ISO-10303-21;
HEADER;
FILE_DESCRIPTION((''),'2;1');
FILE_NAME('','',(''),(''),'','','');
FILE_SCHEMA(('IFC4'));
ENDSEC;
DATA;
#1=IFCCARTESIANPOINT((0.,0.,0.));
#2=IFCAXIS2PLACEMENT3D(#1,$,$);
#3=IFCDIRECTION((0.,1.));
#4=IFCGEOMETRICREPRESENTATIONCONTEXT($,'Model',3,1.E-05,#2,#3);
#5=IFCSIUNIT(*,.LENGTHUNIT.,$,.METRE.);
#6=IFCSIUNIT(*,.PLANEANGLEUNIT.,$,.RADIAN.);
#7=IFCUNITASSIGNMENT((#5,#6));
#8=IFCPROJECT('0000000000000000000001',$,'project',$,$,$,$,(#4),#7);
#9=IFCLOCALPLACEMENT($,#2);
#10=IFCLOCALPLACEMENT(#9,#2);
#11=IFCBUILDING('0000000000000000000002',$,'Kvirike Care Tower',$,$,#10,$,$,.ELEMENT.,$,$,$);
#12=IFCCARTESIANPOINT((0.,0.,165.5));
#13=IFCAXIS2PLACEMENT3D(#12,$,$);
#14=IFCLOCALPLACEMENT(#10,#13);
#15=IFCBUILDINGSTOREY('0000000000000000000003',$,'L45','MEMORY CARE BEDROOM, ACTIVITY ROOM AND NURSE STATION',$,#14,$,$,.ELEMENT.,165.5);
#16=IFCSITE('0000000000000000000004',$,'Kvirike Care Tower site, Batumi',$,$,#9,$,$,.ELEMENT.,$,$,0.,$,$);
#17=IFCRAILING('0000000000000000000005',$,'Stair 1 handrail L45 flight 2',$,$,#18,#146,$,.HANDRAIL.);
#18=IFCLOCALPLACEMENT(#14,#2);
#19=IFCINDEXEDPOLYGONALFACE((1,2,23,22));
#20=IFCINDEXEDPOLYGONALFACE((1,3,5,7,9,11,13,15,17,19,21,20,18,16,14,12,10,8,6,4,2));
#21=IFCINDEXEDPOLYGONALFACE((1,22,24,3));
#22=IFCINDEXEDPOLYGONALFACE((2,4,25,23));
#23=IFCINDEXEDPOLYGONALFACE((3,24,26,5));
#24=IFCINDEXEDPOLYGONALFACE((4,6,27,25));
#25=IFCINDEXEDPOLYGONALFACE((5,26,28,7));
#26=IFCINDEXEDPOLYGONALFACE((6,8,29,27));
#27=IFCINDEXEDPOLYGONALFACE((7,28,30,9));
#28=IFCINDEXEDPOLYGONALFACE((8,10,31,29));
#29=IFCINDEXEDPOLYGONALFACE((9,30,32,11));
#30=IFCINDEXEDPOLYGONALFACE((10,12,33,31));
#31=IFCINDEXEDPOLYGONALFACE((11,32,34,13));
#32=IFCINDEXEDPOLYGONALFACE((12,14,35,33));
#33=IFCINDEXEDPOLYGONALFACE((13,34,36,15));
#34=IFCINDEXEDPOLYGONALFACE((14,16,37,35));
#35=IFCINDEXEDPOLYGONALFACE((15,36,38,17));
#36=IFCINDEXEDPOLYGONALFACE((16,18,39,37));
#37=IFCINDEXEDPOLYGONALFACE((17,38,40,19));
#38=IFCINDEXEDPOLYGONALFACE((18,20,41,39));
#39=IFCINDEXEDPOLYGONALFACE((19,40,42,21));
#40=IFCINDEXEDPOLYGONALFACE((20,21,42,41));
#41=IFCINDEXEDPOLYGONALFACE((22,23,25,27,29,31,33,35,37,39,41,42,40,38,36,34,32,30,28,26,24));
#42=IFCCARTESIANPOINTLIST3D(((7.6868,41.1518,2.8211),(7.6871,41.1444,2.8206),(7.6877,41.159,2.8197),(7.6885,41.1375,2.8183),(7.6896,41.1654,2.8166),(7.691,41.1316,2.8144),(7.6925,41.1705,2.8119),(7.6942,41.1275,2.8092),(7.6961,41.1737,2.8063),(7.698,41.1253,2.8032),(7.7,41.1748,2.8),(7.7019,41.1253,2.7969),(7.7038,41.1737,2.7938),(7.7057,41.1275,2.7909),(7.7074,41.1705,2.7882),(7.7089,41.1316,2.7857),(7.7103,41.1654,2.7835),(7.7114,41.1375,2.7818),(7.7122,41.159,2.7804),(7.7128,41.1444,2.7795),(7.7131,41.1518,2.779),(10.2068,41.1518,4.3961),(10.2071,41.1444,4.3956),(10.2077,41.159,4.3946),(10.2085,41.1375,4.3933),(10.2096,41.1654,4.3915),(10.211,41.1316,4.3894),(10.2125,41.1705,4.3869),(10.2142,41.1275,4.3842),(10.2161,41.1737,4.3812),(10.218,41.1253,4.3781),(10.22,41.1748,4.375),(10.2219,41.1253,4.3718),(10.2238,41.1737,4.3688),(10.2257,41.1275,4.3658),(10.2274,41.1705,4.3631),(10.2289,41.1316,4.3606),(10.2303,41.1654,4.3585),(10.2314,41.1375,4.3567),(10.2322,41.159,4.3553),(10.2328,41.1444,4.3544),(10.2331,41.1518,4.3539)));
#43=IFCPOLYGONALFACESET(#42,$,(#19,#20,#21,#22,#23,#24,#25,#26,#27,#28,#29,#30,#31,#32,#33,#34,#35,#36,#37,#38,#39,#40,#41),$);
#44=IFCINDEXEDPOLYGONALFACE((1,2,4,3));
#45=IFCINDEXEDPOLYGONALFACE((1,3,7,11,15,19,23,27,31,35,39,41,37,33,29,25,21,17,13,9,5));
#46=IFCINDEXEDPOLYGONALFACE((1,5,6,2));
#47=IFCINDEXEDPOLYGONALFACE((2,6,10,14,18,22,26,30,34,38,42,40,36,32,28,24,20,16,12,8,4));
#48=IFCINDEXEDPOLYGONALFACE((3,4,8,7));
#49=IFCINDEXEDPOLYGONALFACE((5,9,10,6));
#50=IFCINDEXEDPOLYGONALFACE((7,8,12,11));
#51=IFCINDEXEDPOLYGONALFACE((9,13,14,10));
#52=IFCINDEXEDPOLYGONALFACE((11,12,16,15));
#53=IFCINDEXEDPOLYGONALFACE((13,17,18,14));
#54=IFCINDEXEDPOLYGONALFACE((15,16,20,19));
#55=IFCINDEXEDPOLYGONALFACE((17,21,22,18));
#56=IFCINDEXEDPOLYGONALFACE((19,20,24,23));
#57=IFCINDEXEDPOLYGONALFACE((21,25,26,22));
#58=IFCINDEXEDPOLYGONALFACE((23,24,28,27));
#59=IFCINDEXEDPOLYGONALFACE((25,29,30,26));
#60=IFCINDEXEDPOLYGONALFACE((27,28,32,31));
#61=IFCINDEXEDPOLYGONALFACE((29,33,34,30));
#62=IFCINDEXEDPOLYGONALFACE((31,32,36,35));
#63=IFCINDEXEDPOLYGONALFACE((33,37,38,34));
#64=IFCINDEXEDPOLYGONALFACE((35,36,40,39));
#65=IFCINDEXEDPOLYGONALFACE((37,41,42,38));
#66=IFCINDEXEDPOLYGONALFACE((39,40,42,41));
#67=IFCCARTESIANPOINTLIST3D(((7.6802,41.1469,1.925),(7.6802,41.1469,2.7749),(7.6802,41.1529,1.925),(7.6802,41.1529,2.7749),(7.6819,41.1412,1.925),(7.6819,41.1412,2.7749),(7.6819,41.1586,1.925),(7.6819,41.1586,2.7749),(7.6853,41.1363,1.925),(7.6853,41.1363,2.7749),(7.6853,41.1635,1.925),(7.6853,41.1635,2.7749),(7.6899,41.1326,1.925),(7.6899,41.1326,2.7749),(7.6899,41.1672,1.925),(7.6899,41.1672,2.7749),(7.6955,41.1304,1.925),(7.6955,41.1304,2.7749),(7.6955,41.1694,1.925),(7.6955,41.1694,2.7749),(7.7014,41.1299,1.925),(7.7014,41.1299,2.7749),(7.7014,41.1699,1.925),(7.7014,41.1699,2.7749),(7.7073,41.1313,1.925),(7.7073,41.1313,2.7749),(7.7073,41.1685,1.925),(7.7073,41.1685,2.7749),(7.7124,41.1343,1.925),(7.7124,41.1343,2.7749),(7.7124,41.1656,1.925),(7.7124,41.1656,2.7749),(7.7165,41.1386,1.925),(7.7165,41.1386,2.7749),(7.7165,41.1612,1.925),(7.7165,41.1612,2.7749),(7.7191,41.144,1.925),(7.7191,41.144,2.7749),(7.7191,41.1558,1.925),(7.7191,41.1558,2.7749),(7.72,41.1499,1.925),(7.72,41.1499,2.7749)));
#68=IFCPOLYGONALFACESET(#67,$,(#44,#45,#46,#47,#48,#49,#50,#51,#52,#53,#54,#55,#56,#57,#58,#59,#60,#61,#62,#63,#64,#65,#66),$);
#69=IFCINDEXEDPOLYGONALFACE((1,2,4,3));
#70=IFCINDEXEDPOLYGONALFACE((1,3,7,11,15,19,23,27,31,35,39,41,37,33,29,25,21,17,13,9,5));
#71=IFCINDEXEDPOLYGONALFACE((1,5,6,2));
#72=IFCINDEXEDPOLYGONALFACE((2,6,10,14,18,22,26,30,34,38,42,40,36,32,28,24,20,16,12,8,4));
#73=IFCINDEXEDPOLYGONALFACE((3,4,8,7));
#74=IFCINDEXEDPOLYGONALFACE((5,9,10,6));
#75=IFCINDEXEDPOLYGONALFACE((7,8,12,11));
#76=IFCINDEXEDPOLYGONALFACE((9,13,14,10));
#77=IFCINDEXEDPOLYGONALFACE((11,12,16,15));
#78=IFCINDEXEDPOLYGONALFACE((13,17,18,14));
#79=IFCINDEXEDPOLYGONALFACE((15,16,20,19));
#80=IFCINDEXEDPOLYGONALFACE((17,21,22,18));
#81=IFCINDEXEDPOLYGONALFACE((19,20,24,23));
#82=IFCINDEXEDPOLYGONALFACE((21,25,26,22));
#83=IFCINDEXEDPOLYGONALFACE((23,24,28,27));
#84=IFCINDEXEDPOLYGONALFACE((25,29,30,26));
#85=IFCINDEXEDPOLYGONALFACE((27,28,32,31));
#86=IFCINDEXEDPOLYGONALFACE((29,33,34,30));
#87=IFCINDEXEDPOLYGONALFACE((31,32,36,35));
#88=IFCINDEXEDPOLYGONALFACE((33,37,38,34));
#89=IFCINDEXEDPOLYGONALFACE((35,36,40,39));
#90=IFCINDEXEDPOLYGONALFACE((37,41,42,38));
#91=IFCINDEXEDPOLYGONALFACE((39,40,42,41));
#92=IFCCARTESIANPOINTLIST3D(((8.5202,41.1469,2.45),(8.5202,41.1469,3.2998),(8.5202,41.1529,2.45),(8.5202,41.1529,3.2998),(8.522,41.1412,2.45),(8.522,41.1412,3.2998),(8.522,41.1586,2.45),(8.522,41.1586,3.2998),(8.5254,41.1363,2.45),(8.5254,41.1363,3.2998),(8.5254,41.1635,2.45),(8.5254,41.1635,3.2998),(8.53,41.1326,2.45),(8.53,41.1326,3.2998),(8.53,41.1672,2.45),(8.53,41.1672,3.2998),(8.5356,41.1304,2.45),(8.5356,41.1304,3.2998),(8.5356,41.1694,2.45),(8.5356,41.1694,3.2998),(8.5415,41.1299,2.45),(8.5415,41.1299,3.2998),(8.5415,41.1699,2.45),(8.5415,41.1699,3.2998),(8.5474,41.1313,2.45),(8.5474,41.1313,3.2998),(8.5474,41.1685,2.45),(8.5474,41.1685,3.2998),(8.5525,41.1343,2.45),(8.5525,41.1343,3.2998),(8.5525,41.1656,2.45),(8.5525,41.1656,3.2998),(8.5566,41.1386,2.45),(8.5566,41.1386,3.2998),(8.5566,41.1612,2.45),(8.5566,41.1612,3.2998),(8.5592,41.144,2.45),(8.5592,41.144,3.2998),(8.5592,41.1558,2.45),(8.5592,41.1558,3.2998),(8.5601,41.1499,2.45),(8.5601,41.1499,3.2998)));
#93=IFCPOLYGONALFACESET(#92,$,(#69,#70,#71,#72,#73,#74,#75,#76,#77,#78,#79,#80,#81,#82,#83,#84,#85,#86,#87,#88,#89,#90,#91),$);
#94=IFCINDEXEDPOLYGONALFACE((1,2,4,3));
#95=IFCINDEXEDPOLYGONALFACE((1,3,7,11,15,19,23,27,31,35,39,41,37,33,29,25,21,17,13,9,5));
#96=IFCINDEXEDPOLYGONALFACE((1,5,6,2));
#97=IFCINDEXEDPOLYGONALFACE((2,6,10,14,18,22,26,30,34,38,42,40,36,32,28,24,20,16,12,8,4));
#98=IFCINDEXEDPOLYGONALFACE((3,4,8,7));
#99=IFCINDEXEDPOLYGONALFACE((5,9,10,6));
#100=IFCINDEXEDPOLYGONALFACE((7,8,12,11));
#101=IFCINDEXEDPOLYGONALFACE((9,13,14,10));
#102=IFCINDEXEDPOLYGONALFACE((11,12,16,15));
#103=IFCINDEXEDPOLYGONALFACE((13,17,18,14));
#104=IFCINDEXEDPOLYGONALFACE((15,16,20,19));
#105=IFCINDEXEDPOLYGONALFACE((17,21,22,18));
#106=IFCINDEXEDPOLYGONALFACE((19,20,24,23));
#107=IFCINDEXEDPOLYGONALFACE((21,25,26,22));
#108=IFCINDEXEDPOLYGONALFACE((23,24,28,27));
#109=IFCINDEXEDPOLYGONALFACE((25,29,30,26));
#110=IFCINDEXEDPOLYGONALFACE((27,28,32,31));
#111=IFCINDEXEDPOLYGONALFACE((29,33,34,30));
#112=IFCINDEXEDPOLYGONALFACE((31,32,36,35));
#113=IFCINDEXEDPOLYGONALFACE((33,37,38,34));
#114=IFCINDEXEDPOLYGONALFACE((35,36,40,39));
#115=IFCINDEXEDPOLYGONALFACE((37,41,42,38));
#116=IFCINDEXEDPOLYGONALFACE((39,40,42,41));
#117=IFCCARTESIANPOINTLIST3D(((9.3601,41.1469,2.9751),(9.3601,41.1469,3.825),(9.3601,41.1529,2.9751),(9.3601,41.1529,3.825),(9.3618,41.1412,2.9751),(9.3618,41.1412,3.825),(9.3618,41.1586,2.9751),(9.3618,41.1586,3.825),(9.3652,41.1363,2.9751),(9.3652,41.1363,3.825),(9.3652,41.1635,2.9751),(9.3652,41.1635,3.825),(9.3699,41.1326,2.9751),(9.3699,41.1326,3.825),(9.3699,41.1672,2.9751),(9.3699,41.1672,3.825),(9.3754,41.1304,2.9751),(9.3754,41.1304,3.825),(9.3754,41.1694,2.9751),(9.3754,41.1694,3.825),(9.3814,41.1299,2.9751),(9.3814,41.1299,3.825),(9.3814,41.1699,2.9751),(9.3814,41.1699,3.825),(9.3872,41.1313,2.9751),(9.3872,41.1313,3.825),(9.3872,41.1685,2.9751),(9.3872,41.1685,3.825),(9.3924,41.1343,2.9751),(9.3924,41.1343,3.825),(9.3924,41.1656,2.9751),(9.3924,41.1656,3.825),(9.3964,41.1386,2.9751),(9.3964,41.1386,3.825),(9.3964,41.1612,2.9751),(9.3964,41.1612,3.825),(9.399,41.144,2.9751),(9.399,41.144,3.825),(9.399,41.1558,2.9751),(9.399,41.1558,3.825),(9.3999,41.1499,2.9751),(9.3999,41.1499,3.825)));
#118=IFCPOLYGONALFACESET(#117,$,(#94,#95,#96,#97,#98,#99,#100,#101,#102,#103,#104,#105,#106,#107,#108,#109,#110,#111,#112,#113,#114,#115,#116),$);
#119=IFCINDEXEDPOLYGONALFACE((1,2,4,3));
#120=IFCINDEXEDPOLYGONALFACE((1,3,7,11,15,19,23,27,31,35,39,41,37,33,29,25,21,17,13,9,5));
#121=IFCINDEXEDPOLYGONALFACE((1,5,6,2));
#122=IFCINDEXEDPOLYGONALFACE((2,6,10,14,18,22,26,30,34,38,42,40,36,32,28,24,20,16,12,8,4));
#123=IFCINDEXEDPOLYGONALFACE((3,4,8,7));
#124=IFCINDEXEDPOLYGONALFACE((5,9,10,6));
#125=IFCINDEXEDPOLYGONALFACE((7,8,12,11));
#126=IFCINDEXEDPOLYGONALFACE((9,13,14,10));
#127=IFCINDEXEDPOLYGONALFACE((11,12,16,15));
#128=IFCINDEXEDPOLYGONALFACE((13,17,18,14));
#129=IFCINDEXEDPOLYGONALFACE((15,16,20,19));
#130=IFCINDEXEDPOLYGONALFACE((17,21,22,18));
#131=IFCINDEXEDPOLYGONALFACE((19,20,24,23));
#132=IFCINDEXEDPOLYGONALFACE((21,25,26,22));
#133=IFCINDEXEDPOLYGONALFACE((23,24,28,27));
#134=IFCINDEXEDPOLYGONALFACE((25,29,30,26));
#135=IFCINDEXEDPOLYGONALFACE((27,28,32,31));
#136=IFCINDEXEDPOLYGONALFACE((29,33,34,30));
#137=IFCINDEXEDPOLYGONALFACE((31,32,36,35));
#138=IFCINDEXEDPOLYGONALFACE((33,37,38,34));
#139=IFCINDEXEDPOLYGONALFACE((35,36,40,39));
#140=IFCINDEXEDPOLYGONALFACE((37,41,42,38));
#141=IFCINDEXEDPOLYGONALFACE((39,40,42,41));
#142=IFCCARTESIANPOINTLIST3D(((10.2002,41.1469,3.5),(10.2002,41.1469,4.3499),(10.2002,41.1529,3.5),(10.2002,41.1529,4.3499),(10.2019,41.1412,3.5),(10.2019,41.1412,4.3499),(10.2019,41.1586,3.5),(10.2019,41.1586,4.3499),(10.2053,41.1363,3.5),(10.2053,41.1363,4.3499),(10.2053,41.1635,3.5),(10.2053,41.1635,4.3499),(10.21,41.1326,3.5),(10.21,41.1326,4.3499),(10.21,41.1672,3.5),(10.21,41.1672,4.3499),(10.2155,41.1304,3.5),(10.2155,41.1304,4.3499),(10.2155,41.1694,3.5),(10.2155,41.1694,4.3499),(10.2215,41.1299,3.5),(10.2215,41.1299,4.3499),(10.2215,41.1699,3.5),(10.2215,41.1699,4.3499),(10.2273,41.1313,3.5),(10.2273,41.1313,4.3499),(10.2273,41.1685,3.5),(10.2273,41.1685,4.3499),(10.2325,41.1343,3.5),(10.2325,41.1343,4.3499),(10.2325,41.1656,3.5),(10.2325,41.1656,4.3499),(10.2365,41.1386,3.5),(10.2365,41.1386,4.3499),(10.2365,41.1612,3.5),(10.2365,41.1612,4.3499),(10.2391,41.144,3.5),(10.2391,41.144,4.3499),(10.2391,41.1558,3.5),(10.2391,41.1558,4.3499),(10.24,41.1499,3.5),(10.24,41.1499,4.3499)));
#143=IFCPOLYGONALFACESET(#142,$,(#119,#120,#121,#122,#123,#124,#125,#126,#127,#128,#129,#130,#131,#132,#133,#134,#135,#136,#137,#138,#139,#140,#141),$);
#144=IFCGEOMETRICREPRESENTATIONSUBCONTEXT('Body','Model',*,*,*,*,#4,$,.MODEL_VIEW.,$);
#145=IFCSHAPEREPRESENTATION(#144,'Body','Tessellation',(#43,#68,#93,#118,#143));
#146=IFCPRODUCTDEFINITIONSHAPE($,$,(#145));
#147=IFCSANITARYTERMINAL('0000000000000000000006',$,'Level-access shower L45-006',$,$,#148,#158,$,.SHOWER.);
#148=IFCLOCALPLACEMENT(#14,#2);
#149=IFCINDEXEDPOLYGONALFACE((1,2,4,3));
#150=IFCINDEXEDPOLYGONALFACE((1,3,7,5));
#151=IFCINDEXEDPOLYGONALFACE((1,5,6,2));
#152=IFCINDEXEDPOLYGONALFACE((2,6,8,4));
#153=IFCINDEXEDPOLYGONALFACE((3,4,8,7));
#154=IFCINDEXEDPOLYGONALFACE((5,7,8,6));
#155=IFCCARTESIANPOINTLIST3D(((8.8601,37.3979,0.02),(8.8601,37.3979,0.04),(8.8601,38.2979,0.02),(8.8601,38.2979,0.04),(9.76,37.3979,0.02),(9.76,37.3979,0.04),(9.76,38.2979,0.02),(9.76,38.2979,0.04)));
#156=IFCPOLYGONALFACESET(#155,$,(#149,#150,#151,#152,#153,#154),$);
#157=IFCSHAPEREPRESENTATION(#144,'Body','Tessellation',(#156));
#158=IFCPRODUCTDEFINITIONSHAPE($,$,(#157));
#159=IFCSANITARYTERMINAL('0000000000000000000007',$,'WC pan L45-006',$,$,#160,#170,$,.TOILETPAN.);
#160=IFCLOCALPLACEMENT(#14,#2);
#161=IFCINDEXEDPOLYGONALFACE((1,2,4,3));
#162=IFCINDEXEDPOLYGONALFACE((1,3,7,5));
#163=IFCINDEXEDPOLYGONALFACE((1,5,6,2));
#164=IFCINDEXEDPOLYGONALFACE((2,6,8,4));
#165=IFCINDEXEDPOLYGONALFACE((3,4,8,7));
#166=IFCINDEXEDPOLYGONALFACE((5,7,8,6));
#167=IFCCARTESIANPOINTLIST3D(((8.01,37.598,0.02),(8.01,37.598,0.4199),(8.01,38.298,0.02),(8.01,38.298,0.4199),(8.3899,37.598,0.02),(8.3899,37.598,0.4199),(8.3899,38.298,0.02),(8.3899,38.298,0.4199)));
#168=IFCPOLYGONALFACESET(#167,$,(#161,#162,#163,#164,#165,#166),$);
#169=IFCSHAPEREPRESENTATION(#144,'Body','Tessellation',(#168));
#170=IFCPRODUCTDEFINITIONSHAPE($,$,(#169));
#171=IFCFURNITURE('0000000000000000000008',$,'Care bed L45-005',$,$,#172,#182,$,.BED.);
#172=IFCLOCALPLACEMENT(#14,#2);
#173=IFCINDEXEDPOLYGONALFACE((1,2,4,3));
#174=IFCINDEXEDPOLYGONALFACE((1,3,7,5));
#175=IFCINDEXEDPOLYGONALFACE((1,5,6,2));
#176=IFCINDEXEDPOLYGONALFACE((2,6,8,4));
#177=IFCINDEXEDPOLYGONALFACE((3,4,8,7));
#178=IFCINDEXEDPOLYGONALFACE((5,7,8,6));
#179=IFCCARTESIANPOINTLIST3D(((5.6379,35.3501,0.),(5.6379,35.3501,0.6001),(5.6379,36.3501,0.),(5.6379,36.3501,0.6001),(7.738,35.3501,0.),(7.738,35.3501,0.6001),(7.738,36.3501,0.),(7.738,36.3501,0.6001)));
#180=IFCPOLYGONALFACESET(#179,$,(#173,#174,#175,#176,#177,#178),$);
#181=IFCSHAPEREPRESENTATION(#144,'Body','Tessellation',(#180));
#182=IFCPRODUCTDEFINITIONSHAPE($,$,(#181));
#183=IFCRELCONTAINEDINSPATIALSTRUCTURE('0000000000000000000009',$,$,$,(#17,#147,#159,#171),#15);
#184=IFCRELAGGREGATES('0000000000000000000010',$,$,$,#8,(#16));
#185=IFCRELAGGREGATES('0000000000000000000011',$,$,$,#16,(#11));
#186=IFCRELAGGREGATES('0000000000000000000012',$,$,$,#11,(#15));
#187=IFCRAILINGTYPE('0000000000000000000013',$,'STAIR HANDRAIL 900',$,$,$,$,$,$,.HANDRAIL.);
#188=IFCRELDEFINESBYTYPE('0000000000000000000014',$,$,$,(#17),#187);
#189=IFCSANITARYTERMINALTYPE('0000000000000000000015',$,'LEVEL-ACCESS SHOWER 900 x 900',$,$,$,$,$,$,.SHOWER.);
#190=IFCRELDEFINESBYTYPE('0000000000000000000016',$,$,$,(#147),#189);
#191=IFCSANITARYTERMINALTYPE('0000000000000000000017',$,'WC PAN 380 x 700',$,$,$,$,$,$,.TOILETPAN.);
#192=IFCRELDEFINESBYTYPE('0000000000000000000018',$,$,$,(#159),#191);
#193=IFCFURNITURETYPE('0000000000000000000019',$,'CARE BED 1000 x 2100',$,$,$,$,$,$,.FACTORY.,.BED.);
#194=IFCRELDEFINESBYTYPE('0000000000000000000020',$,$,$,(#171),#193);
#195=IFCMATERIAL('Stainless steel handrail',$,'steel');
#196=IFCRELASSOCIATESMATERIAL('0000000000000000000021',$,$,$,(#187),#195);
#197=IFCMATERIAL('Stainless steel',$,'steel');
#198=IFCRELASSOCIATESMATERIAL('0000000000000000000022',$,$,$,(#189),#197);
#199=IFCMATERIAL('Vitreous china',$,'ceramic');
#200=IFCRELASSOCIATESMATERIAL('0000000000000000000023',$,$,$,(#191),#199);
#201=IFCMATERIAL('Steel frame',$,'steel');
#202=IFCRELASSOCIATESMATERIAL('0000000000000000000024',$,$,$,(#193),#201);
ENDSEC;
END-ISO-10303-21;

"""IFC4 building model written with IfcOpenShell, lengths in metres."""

from ifc_helpers import new_model, si_unit, direction, frame, origin, origin_2d, place, context, subcontext, project, spatial, rectangle, circle, extrude, material, type_object, element, save


model = new_model("IFC4")

# Units and contexts
model_context = context("Model", 3, precision=1e-05, world=origin(), true_north=direction((0.0, 1.0)))
body_context = subcontext(model_context, "Body", "Model", "MODEL_VIEW")
ifc_project = project(units=[si_unit("LENGTHUNIT", "METRE"), si_unit("PLANEANGLEUNIT", "RADIAN")], contexts=[model_context])

# Site, building, storey
site_placement = place(None, origin())
site = spatial("IfcSite", under=ifc_project, at=site_placement, Name="Kvirike Care Tower site, Batumi", CompositionType="ELEMENT", RefElevation=0.0)
building_placement = place(site_placement, origin())
building = spatial("IfcBuilding", under=site, at=building_placement, Name="Kvirike Care Tower", CompositionType="ELEMENT")
storey_placement = place(building_placement, frame((0.0, 0.0, 165.5)))
storey = spatial("IfcBuildingStorey", under=building, at=storey_placement, Name="L45", Description="MEMORY CARE BEDROOM, ACTIVITY ROOM AND NURSE STATION", CompositionType="ELEMENT", Elevation=165.5)

# Railing
ifc_material_1 = material(Name="Stainless steel handrail", Category="steel")
railing_type = type_object("IfcRailingType", Name="STAIR HANDRAIL 900", PredefinedType="HANDRAIL", material=ifc_material_1)
railing_placement = place(storey_placement, frame((7.7, 41.1499, 1.925)))
element("IfcRailing", 1, at=railing_placement, inside=storey, type_object=railing_type, Name="Stair 1 handrail L45 flight 2", PredefinedType="HANDRAIL", context=body_context, shape_type="SweptSolid", body=[
    extrude(circle(Radius=0.0249, at=origin_2d()), frame((0.0, 0.0, 0.875), z_axis=(0.848008, 0.0, 0.529984), x_axis=(0.0, 1.0, 0.0)), (0.0, 0.0, 1.0), 2.9717),
    extrude(circle(Radius=0.02, at=origin_2d()), origin(), (0.0, 0.0, 1.0), 0.8499),
    extrude(circle(Radius=0.02, at=origin_2d()), frame((0.8401, 0.0, 0.5249)), (0.0, 0.0, 1.0), 0.8499),
    extrude(circle(Radius=0.02, at=origin_2d()), frame((1.6799, 0.0, 1.05)), (0.0, 0.0, 1.0), 0.8499),
    extrude(circle(Radius=0.02, at=origin_2d()), frame((2.52, 0.0, 1.575)), (0.0, 0.0, 1.0), 0.8499),
])

# Sanitary terminals
ifc_material_2 = material(Name="Stainless steel", Category="steel")
sanitary_terminal_type_1 = type_object("IfcSanitaryTerminalType", Name="LEVEL-ACCESS SHOWER 900 x 900", PredefinedType="SHOWER", material=ifc_material_2)
sanitary_terminal_1_placement = place(storey_placement, frame((9.3101, 37.8479, 0.02), z_axis=(0.0, 0.0, 1.0), x_axis=(1.0, 0.0, 0.0)))
element("IfcSanitaryTerminal", 2, at=sanitary_terminal_1_placement, inside=storey, type_object=sanitary_terminal_type_1, Name="Level-access shower L45-006", PredefinedType="SHOWER", context=body_context, shape_type="SweptSolid", body=[
    extrude(rectangle(XDim=0.8999, YDim=0.8999, at=origin_2d()), origin(), (0.0, 0.0, 1.0), 0.02),
])
ifc_material_3 = material(Name="Vitreous china", Category="ceramic")
sanitary_terminal_type_2 = type_object("IfcSanitaryTerminalType", Name="WC PAN 380 x 700", PredefinedType="TOILETPAN", material=ifc_material_3)
sanitary_terminal_2_placement = place(storey_placement, frame((8.2, 37.948, 0.02), z_axis=(0.0, 0.0, 1.0), x_axis=(1.0, 0.0, 0.0)))
element("IfcSanitaryTerminal", 3, at=sanitary_terminal_2_placement, inside=storey, type_object=sanitary_terminal_type_2, Name="WC pan L45-006", PredefinedType="TOILETPAN", context=body_context, shape_type="SweptSolid", body=[
    extrude(rectangle(XDim=0.3799, YDim=0.7, at=origin_2d()), origin(), (0.0, 0.0, 1.0), 0.3999),
])

# Furniture
ifc_material_4 = material(Name="Steel frame", Category="steel")
furniture_type = type_object("IfcFurnitureType", Name="CARE BED 1000 x 2100", AssemblyPlace="FACTORY", PredefinedType="BED", material=ifc_material_4)
furniture_placement = place(storey_placement, frame((6.688, 35.8501, 0.0), z_axis=(0.0, 0.0, 1.0), x_axis=(0.0, -1.0, 0.0)))
element("IfcFurniture", 4, at=furniture_placement, inside=storey, type_object=furniture_type, Name="Care bed L45-005", PredefinedType="BED", context=body_context, shape_type="SweptSolid", body=[
    extrude(rectangle(XDim=1.0, YDim=2.1001, at=origin_2d()), origin(), (0.0, 0.0, 1.0), 0.6001),
])

save(model, "model.ifc")
